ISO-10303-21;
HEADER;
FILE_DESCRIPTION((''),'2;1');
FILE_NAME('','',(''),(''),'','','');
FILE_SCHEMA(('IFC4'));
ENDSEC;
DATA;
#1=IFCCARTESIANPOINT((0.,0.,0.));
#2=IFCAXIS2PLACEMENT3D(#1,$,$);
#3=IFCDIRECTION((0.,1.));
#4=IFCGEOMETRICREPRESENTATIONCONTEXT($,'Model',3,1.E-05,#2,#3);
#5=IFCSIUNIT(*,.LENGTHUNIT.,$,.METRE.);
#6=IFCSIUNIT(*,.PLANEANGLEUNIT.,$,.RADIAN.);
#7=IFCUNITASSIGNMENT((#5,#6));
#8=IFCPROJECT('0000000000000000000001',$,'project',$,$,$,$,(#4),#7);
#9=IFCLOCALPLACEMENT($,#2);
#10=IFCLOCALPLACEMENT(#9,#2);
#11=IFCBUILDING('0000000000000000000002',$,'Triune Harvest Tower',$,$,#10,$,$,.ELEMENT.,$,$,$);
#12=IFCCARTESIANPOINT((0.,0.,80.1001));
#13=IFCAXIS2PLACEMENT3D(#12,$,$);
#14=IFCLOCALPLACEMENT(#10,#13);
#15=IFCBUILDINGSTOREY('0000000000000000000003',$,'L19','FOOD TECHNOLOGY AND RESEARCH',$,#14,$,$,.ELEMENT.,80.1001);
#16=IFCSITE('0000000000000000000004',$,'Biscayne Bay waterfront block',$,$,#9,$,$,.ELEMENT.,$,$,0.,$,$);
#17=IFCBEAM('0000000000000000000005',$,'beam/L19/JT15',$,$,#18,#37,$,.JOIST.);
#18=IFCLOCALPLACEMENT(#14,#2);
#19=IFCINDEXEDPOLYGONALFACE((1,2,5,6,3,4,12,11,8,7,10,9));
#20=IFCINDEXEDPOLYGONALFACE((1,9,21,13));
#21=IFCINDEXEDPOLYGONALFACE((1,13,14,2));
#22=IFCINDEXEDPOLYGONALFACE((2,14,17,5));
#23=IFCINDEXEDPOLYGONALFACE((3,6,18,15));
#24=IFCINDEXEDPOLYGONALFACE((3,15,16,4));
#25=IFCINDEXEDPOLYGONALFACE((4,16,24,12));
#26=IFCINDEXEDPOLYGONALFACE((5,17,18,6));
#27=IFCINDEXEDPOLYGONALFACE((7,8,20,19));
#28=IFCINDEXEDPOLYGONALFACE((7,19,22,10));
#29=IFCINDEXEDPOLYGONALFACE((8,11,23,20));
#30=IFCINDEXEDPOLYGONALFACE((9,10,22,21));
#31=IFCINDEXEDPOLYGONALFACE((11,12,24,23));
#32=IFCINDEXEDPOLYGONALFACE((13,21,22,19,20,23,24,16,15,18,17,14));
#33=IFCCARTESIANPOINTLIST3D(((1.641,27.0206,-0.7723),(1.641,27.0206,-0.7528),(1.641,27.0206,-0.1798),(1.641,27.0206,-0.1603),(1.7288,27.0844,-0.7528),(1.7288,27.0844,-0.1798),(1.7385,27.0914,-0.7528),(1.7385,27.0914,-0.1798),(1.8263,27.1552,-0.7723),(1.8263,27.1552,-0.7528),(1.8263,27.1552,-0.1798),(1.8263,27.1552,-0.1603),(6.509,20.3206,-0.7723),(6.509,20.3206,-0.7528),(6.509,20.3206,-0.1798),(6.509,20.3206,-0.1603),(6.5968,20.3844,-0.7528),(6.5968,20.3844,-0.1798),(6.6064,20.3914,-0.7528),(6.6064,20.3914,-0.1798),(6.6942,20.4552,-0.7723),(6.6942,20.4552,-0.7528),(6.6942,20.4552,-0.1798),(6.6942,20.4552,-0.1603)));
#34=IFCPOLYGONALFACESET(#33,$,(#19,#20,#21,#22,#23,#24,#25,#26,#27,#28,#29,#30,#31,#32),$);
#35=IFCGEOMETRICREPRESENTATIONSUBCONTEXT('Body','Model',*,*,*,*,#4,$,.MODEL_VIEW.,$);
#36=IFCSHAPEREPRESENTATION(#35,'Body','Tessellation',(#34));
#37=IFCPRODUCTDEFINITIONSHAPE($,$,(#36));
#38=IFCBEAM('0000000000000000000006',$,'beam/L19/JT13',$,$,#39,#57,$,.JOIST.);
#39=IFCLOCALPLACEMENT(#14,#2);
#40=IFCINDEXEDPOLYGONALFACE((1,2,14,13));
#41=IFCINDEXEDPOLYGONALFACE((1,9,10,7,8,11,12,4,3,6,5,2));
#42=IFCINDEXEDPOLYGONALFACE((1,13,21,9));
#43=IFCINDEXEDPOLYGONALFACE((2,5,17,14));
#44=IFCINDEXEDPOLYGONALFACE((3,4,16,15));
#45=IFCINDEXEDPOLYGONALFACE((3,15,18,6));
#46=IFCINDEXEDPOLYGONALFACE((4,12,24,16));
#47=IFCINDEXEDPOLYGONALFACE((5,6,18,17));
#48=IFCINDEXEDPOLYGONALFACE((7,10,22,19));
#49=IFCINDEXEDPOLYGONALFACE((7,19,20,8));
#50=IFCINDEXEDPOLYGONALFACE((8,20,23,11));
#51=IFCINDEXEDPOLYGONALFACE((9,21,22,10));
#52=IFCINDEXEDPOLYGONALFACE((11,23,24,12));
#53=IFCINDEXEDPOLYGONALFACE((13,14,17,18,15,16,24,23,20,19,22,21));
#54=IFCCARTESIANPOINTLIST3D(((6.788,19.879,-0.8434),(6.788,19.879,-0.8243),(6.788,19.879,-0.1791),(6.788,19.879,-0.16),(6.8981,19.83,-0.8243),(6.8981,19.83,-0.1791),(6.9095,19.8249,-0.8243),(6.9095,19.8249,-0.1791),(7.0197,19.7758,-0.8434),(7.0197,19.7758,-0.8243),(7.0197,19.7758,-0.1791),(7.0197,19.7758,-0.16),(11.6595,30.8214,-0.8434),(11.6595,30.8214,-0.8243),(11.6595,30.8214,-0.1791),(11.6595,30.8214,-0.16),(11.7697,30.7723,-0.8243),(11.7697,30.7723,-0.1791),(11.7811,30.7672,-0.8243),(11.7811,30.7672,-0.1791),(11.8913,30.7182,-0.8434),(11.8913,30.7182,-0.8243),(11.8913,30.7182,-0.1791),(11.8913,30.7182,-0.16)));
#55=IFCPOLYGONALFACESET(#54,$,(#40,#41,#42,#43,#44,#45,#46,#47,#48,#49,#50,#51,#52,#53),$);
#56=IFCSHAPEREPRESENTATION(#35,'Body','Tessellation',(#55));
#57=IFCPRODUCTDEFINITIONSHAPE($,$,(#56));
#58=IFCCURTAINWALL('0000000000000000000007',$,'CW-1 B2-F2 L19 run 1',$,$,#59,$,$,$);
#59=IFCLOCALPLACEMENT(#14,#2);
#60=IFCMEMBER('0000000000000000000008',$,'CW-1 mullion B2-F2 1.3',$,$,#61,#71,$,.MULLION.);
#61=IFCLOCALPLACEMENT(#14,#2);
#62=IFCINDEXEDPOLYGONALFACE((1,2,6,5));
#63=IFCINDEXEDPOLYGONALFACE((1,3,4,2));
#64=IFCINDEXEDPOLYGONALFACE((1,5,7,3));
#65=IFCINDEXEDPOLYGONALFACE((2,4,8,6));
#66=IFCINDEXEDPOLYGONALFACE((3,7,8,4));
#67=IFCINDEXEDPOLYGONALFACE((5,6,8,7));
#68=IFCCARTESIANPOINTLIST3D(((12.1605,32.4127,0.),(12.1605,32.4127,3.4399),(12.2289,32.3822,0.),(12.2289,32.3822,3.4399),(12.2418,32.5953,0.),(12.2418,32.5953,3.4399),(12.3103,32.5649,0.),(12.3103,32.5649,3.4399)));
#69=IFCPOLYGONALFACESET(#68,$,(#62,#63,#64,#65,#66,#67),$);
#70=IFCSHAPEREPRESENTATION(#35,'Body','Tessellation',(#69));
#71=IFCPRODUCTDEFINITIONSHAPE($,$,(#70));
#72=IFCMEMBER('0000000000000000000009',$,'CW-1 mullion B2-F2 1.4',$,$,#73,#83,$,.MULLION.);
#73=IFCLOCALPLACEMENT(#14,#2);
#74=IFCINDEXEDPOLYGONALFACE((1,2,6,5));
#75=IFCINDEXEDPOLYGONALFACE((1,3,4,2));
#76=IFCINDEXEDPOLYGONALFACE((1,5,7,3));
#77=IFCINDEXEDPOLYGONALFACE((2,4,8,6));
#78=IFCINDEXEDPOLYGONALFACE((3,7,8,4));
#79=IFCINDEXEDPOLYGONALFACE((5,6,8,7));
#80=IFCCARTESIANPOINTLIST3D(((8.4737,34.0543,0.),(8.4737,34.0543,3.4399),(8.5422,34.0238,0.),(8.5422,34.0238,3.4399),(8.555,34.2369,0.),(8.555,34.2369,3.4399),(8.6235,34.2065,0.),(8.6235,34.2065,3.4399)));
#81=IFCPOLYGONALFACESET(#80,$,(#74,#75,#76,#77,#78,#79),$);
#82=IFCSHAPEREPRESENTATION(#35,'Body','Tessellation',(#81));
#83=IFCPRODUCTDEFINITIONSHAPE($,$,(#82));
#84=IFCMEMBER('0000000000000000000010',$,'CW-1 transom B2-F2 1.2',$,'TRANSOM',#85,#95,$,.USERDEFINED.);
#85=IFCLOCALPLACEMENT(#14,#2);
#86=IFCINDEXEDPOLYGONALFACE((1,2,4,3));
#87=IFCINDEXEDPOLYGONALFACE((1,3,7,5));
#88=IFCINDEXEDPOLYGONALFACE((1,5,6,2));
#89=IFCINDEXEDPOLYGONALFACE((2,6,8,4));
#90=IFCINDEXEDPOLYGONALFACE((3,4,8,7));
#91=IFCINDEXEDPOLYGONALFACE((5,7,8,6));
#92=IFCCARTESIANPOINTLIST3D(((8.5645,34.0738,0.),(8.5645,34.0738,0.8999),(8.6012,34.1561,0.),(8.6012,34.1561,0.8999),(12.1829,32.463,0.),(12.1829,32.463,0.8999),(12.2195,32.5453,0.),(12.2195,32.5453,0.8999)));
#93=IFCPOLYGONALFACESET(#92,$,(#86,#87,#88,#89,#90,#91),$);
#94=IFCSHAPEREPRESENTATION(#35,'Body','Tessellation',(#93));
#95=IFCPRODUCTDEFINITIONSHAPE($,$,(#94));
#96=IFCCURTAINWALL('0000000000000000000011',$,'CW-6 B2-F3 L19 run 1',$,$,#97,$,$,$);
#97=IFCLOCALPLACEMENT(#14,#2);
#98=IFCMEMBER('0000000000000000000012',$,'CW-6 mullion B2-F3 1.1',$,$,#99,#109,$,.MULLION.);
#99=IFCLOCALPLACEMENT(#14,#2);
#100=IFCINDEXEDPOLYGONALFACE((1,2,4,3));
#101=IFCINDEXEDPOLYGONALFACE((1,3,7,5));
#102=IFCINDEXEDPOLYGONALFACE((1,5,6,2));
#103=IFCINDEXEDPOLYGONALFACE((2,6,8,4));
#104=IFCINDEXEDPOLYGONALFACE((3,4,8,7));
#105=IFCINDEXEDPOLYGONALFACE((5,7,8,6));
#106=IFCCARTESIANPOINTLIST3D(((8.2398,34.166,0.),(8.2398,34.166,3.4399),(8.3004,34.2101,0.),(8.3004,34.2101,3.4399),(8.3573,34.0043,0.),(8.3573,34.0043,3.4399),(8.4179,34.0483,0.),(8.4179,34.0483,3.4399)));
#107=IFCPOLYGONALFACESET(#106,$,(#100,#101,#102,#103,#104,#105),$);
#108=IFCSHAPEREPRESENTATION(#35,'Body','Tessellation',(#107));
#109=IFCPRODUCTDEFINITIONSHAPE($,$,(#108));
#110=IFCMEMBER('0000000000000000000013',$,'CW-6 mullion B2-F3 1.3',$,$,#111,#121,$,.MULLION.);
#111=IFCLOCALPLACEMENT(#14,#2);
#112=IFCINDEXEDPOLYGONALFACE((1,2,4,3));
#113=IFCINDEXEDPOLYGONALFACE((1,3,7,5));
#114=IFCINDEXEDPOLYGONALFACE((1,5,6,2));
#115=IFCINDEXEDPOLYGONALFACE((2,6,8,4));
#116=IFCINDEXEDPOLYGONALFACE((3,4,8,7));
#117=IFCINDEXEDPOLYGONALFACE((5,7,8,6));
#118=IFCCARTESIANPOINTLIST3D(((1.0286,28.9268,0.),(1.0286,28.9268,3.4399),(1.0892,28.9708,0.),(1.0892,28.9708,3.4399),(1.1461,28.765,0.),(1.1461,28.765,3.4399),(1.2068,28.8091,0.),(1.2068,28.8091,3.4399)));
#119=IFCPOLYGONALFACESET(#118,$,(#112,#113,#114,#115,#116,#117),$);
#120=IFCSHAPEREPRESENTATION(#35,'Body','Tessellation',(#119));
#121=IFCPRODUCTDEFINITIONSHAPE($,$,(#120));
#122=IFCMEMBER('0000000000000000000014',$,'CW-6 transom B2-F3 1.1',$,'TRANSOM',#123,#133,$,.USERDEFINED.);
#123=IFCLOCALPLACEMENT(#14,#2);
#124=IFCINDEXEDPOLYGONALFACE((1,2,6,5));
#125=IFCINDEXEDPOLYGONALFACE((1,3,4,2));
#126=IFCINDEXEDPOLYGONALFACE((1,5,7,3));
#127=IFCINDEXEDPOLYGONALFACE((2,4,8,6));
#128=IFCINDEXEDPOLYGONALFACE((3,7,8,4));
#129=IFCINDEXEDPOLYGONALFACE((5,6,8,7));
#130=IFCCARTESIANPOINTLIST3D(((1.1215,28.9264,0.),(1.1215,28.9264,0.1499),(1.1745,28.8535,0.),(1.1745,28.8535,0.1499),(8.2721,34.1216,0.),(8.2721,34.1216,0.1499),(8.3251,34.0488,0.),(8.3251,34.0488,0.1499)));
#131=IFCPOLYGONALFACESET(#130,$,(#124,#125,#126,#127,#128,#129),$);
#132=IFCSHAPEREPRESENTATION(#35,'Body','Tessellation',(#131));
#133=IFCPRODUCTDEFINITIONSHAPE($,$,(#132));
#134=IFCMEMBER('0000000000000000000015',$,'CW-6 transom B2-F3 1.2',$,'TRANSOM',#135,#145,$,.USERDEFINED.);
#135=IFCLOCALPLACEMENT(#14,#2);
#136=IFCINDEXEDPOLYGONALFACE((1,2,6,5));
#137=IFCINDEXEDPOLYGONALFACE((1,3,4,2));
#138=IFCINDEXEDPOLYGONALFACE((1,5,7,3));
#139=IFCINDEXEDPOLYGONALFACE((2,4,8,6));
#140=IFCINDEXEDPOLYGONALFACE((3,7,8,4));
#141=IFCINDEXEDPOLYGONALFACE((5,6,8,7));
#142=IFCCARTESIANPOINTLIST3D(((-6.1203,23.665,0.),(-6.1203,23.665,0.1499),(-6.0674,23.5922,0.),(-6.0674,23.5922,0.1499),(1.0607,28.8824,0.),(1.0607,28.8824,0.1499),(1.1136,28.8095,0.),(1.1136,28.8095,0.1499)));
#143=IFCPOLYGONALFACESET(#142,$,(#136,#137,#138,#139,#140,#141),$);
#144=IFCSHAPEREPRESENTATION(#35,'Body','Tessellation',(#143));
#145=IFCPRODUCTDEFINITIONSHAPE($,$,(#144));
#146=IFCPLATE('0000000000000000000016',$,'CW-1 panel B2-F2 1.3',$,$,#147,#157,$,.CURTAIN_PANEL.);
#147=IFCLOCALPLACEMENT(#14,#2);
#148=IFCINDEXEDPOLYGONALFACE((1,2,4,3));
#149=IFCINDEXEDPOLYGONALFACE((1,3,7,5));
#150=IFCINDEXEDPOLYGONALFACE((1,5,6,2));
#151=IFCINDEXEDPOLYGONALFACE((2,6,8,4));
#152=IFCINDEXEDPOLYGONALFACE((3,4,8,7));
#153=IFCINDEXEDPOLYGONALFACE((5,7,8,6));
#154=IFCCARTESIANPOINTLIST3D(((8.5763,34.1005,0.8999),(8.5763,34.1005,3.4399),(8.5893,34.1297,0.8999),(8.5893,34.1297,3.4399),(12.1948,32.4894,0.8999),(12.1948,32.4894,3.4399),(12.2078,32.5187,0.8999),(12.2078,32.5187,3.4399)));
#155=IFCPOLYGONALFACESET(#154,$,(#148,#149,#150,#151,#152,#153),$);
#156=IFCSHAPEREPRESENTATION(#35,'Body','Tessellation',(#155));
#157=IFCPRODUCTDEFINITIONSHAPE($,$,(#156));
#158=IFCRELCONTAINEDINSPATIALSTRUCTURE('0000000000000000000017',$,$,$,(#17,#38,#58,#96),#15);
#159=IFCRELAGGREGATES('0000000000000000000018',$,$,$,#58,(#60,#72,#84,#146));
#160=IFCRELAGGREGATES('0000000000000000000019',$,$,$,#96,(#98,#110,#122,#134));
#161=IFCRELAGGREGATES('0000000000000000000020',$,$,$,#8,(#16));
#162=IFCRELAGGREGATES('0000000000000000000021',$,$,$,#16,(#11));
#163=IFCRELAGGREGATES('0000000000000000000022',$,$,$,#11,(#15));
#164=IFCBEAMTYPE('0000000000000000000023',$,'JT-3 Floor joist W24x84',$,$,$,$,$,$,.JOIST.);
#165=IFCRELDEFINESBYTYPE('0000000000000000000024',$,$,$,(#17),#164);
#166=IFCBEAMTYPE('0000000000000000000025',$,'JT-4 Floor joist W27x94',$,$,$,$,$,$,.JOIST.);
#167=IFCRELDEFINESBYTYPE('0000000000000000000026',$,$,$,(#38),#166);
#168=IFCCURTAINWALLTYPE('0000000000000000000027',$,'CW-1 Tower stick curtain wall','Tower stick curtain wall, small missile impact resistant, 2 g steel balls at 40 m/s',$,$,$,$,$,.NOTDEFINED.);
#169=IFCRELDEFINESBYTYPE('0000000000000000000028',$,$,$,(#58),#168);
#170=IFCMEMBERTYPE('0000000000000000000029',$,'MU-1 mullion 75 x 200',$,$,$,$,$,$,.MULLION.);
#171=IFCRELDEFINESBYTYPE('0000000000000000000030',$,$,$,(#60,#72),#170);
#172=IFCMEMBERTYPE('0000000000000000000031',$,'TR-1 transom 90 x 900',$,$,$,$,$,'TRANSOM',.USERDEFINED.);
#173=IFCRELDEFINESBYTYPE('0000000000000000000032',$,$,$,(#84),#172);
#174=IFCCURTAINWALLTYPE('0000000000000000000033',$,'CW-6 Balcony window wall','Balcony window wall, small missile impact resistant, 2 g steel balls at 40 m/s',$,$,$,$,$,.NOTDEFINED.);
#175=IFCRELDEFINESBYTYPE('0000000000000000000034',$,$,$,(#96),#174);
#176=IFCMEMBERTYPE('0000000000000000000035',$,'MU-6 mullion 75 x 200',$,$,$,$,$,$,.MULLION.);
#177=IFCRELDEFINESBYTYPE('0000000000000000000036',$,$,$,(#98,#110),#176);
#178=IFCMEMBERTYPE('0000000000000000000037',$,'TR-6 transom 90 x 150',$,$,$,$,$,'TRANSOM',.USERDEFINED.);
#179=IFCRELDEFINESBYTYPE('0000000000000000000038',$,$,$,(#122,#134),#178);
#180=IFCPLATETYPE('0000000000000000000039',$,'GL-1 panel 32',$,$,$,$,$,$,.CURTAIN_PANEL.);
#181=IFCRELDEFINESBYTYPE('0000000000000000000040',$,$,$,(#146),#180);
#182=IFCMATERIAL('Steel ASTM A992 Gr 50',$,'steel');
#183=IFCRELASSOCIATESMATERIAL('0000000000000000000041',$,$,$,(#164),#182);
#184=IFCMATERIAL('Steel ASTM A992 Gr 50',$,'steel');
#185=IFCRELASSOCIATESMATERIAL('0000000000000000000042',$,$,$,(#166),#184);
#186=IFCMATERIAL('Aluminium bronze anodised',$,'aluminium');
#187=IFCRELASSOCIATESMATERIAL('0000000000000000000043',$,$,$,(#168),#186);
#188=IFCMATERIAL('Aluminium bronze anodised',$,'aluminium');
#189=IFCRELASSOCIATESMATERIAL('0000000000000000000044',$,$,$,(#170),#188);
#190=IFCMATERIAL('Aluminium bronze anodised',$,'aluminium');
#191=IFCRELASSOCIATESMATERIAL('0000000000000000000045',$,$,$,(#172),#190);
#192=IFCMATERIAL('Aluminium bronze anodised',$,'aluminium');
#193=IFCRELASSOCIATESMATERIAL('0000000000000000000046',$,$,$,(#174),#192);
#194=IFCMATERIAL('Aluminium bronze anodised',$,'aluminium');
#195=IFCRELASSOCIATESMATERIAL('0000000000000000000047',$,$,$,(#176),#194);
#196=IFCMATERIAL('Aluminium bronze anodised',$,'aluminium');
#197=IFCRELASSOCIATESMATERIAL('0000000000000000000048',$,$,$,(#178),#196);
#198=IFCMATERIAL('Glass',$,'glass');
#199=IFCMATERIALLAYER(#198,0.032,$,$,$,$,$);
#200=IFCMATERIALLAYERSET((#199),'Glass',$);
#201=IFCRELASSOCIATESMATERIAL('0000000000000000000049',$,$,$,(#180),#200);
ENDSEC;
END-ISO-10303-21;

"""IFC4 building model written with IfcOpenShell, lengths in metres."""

from ifc_helpers import new_model, si_unit, direction, frame, origin, origin_2d, place, context, subcontext, project, spatial, rectangle, i_section, extrude, source, transform, mapped, material, layer, layer_set, material_profile, profile_set, type_object, element, aggregate, save


model = new_model("IFC4")

# Units and contexts
model_context = context("Model", 3, precision=1e-05, world=origin(), true_north=direction((0.0, 1.0)))
body_context = subcontext(model_context, "Body", "Model", "MODEL_VIEW")
ifc_project = project(units=[si_unit("LENGTHUNIT", "METRE"), si_unit("PLANEANGLEUNIT", "RADIAN")], contexts=[model_context])

# Site, building, storey
site_placement = place(None, origin())
site = spatial("IfcSite", under=ifc_project, at=site_placement, Name="Biscayne Bay waterfront block", CompositionType="ELEMENT", RefElevation=0.0)
building_placement = place(site_placement, origin())
building = spatial("IfcBuilding", under=site, at=building_placement, Name="Triune Harvest Tower", CompositionType="ELEMENT")
storey_placement = place(building_placement, frame((0.0, 0.0, 80.1001)))
storey = spatial("IfcBuildingStorey", under=building, at=storey_placement, Name="L19", Description="FOOD TECHNOLOGY AND RESEARCH", CompositionType="ELEMENT", Elevation=80.1001)

# Beams
ifc_material_1 = material(Name="Steel ASTM A992 Gr 50", Category="steel")
ifc_material_profile_1 = material_profile(ifc_material_1, i_section(OverallWidth=0.229, OverallDepth=0.6121, WebThickness=0.012, FlangeThickness=0.0195, at=origin_2d()), Name="W24x84")
ifc_profile_set_1 = profile_set([ifc_material_profile_1], Name="Steel ASTM A992 Gr 50")
beam_type_1 = type_object("IfcBeamType", Name="JT-3 Floor joist W24x84", PredefinedType="JOIST", material=ifc_profile_set_1)
shared_shape_1 = source(origin(), body_context, "Body", "SweptSolid", [
    extrude(i_section(OverallWidth=0.229, OverallDepth=0.6121, WebThickness=0.012, FlangeThickness=0.0195, at=origin_2d()), origin(), (0.0, 0.0, 1.0), 8.2817),
])
beam_1_placement = place(storey_placement, frame((1.7336, 27.0879, -0.4663), z_axis=(0.587795, -0.80901, 0.0), x_axis=(0.80901, 0.587795, 0.0)))
element("IfcBeam", 1, at=beam_1_placement, inside=storey, type_object=beam_type_1, Name="beam/L19/JT15", PredefinedType="JOIST", context=body_context, shape_type="MappedRepresentation", body=[
    mapped(shared_shape_1, transform((0.0, 0.0, 0.0), scale=1.0)),
])
ifc_material_2 = material(Name="Steel ASTM A992 Gr 50", Category="steel")
ifc_material_profile_2 = material_profile(ifc_material_2, i_section(OverallWidth=0.2537, OverallDepth=0.6833, WebThickness=0.0125, FlangeThickness=0.019, at=origin_2d()), Name="W27x94")
ifc_profile_set_2 = profile_set([ifc_material_profile_2], Name="Steel ASTM A992 Gr 50")
beam_type_2 = type_object("IfcBeamType", Name="JT-4 Floor joist W27x94", PredefinedType="JOIST", material=ifc_profile_set_2)
shared_shape_2 = source(origin(), body_context, "Body", "SweptSolid", [
    extrude(i_section(OverallWidth=0.2537, OverallDepth=0.6833, WebThickness=0.0125, FlangeThickness=0.019, at=origin_2d()), origin(), (0.0, 0.0, 1.0), 11.9778),
])
beam_2_placement = place(storey_placement, frame((11.7754, 30.7698, -0.5017), z_axis=(-0.406717, -0.913554, 0.0), x_axis=(0.913554, -0.406717, 0.0)))
element("IfcBeam", 2, at=beam_2_placement, inside=storey, type_object=beam_type_2, Name="beam/L19/JT13", PredefinedType="JOIST", context=body_context, shape_type="MappedRepresentation", body=[
    mapped(shared_shape_2, transform((0.0, 0.0, 0.0), scale=1.0)),
])

# Curtain walls, members
ifc_material_3 = material(Name="Aluminium bronze anodised", Category="aluminium")
curtain_wall_type_1 = type_object("IfcCurtainWallType", Name="CW-1 Tower stick curtain wall", Description="Tower stick curtain wall, small missile impact resistant, 2 g steel balls at 40 m/s", PredefinedType="NOTDEFINED", material=ifc_material_3)
curtain_wall_1_placement = place(storey_placement, origin())
curtain_wall_1 = element("IfcCurtainWall", 3, at=curtain_wall_1_placement, inside=storey, type_object=curtain_wall_type_1, Name="CW-1 B2-F2 L19 run 1")
ifc_material_4 = material(Name="Aluminium bronze anodised", Category="aluminium")
ifc_material_profile_3 = material_profile(ifc_material_4, rectangle(XDim=0.2, YDim=0.075, at=origin_2d()), Name="MU-1 mullion 75 x 200")
ifc_profile_set_3 = profile_set([ifc_material_profile_3], Name="Aluminium bronze anodised")
member_type_1 = type_object("IfcMemberType", Name="MU-1 mullion 75 x 200", PredefinedType="MULLION", material=ifc_profile_set_3)
shared_shape_3 = source(origin(), body_context, "Body", "SweptSolid", [
    extrude(rectangle(XDim=0.2, YDim=0.075, at=origin_2d()), origin(), (0.0, 0.0, 1.0), 3.4399),
])
member_1_placement = place(storey_placement, frame((12.2354, 32.4888, 0.0), z_axis=(0.0, 0.0, 1.0), x_axis=(-0.406734, -0.913547, 0.0)))
member_1 = element("IfcMember", 4, at=member_1_placement, type_object=member_type_1, Name="CW-1 mullion B2-F2 1.3", PredefinedType="MULLION", context=body_context, shape_type="MappedRepresentation", body=[
    mapped(shared_shape_3, transform((0.0, 0.0, 0.0), scale=1.0)),
])
member_2_placement = place(storey_placement, frame((8.5486, 34.1304, 0.0), z_axis=(0.0, 0.0, 1.0), x_axis=(-0.406734, -0.913547, 0.0)))
member_2 = element("IfcMember", 5, at=member_2_placement, type_object=member_type_1, Name="CW-1 mullion B2-F2 1.4", PredefinedType="MULLION", context=body_context, shape_type="MappedRepresentation", body=[
    mapped(shared_shape_3, transform((0.0, 0.0, 0.0), scale=1.0)),
])
ifc_material_5 = material(Name="Aluminium bronze anodised", Category="aluminium")
ifc_material_profile_4 = material_profile(ifc_material_5, rectangle(XDim=0.0901, YDim=0.8999, at=origin_2d()), Name="TR-1 transom 90 x 900")
ifc_profile_set_4 = profile_set([ifc_material_profile_4], Name="Aluminium bronze anodised")
member_type_2 = type_object("IfcMemberType", Name="TR-1 transom 90 x 900", ElementType="TRANSOM", PredefinedType="USERDEFINED", material=ifc_profile_set_4)
shared_shape_4 = source(origin(), body_context, "Body", "SweptSolid", [
    extrude(rectangle(XDim=0.0901, YDim=0.8999, at=origin_2d()), origin(), (0.0, 0.0, 1.0), 3.9607),
])
member_3_placement = place(storey_placement, frame((12.2012, 32.5042, 0.45), z_axis=(-0.913562, 0.406699, 0.0), x_axis=(-0.406699, -0.913562, 0.0)))
member_3 = element("IfcMember", 6, at=member_3_placement, type_object=member_type_2, Name="CW-1 transom B2-F2 1.2", ObjectType="TRANSOM", PredefinedType="USERDEFINED", context=body_context, shape_type="MappedRepresentation", body=[
    mapped(shared_shape_4, transform((0.0, 0.0, 0.0), scale=1.0)),
])
ifc_material_6 = material(Name="Aluminium bronze anodised", Category="aluminium")
curtain_wall_type_2 = type_object("IfcCurtainWallType", Name="CW-6 Balcony window wall", Description="Balcony window wall, small missile impact resistant, 2 g steel balls at 40 m/s", PredefinedType="NOTDEFINED", material=ifc_material_6)
curtain_wall_2_placement = place(storey_placement, origin())
curtain_wall_2 = element("IfcCurtainWall", 7, at=curtain_wall_2_placement, inside=storey, type_object=curtain_wall_type_2, Name="CW-6 B2-F3 L19 run 1")
ifc_material_7 = material(Name="Aluminium bronze anodised", Category="aluminium")
ifc_material_profile_5 = material_profile(ifc_material_7, rectangle(XDim=0.2, YDim=0.075, at=origin_2d()), Name="MU-6 mullion 75 x 200")
ifc_profile_set_5 = profile_set([ifc_material_profile_5], Name="Aluminium bronze anodised")
member_type_3 = type_object("IfcMemberType", Name="MU-6 mullion 75 x 200", PredefinedType="MULLION", material=ifc_profile_set_5)
shared_shape_5 = source(origin(), body_context, "Body", "SweptSolid", [
    extrude(rectangle(XDim=0.2, YDim=0.075, at=origin_2d()), origin(), (0.0, 0.0, 1.0), 3.4399),
])
member_4_placement = place(storey_placement, frame((8.3289, 34.1072, 0.0), z_axis=(0.0, 0.0, 1.0), x_axis=(0.587785, -0.809017, 0.0)))
member_4 = element("IfcMember", 8, at=member_4_placement, type_object=member_type_3, Name="CW-6 mullion B2-F3 1.1", PredefinedType="MULLION", context=body_context, shape_type="MappedRepresentation", body=[
    mapped(shared_shape_5, transform((0.0, 0.0, 0.0), scale=1.0)),
])
member_5_placement = place(storey_placement, frame((1.1177, 28.8679, 0.0), z_axis=(0.0, 0.0, 1.0), x_axis=(0.587785, -0.809017, 0.0)))
member_5 = element("IfcMember", 9, at=member_5_placement, type_object=member_type_3, Name="CW-6 mullion B2-F3 1.3", PredefinedType="MULLION", context=body_context, shape_type="MappedRepresentation", body=[
    mapped(shared_shape_5, transform((0.0, 0.0, 0.0), scale=1.0)),
])
ifc_material_8 = material(Name="Aluminium bronze anodised", Category="aluminium")
ifc_material_profile_6 = material_profile(ifc_material_8, rectangle(XDim=0.0901, YDim=0.1499, at=origin_2d()), Name="TR-6 transom 90 x 150")
ifc_profile_set_6 = profile_set([ifc_material_profile_6], Name="Aluminium bronze anodised")
member_type_4 = type_object("IfcMemberType", Name="TR-6 transom 90 x 150", ElementType="TRANSOM", PredefinedType="USERDEFINED", material=ifc_profile_set_6)
shared_shape_6 = source(origin(), body_context, "Body", "SweptSolid", [
    extrude(rectangle(XDim=0.0901, YDim=0.1499, at=origin_2d()), origin(), (0.0, 0.0, 1.0), 8.8386),
])
member_6_placement = place(storey_placement, frame((8.2986, 34.0852, 0.075), z_axis=(-0.809013, -0.587791, 0.0), x_axis=(0.587791, -0.809013, 0.0)))
member_6 = element("IfcMember", 10, at=member_6_placement, type_object=member_type_4, Name="CW-6 transom B2-F3 1.1", ObjectType="TRANSOM", PredefinedType="USERDEFINED", context=body_context, shape_type="MappedRepresentation", body=[
    mapped(shared_shape_6, transform((0.0, 0.0, 0.0), scale=1.0)),
])
shared_shape_7 = source(origin(), body_context, "Body", "SweptSolid", [
    extrude(rectangle(XDim=0.0901, YDim=0.1499, at=origin_2d()), origin(), (0.0, 0.0, 1.0), 8.8762),
])
member_7_placement = place(storey_placement, frame((1.0872, 28.8459, 0.075), z_axis=(-0.809014, -0.587789, 0.0), x_axis=(0.587789, -0.809014, 0.0)))
member_7 = element("IfcMember", 11, at=member_7_placement, type_object=member_type_4, Name="CW-6 transom B2-F3 1.2", ObjectType="TRANSOM", PredefinedType="USERDEFINED", context=body_context, shape_type="MappedRepresentation", body=[
    mapped(shared_shape_7, transform((0.0, 0.0, 0.0), scale=1.0)),
])

# Plate
ifc_material_9 = material(Name="Glass", Category="glass")
ifc_layer_1 = layer(ifc_material_9, 0.032)
ifc_layer_set_1 = layer_set([ifc_layer_1], Name="Glass")
plate_type_1 = type_object("IfcPlateType", Name="GL-1 panel 32", PredefinedType="CURTAIN_PANEL", material=ifc_layer_set_1)
shared_shape_8 = source(origin(), body_context, "Body", "SweptSolid", [
    extrude(rectangle(XDim=3.9609, YDim=0.032, at=origin_2d()), origin(), (0.0, 0.0, 1.0), 2.54),
])
plate_1_placement = place(storey_placement, frame((10.3921, 33.3096, 0.8999), z_axis=(0.0, 0.0, 1.0), x_axis=(-0.913547, 0.406734, 0.0)))
plate_1 = element("IfcPlate", 12, at=plate_1_placement, type_object=plate_type_1, Name="CW-1 panel B2-F2 1.3", PredefinedType="CURTAIN_PANEL", context=body_context, shape_type="MappedRepresentation", body=[
    mapped(shared_shape_8, transform((0.0, 0.0, 0.0), scale=1.0)),
])
aggregate(curtain_wall_1, [member_1, member_2, member_3, plate_1])
aggregate(curtain_wall_2, [member_4, member_5, member_6, member_7])

save(model, "model.ifc")
